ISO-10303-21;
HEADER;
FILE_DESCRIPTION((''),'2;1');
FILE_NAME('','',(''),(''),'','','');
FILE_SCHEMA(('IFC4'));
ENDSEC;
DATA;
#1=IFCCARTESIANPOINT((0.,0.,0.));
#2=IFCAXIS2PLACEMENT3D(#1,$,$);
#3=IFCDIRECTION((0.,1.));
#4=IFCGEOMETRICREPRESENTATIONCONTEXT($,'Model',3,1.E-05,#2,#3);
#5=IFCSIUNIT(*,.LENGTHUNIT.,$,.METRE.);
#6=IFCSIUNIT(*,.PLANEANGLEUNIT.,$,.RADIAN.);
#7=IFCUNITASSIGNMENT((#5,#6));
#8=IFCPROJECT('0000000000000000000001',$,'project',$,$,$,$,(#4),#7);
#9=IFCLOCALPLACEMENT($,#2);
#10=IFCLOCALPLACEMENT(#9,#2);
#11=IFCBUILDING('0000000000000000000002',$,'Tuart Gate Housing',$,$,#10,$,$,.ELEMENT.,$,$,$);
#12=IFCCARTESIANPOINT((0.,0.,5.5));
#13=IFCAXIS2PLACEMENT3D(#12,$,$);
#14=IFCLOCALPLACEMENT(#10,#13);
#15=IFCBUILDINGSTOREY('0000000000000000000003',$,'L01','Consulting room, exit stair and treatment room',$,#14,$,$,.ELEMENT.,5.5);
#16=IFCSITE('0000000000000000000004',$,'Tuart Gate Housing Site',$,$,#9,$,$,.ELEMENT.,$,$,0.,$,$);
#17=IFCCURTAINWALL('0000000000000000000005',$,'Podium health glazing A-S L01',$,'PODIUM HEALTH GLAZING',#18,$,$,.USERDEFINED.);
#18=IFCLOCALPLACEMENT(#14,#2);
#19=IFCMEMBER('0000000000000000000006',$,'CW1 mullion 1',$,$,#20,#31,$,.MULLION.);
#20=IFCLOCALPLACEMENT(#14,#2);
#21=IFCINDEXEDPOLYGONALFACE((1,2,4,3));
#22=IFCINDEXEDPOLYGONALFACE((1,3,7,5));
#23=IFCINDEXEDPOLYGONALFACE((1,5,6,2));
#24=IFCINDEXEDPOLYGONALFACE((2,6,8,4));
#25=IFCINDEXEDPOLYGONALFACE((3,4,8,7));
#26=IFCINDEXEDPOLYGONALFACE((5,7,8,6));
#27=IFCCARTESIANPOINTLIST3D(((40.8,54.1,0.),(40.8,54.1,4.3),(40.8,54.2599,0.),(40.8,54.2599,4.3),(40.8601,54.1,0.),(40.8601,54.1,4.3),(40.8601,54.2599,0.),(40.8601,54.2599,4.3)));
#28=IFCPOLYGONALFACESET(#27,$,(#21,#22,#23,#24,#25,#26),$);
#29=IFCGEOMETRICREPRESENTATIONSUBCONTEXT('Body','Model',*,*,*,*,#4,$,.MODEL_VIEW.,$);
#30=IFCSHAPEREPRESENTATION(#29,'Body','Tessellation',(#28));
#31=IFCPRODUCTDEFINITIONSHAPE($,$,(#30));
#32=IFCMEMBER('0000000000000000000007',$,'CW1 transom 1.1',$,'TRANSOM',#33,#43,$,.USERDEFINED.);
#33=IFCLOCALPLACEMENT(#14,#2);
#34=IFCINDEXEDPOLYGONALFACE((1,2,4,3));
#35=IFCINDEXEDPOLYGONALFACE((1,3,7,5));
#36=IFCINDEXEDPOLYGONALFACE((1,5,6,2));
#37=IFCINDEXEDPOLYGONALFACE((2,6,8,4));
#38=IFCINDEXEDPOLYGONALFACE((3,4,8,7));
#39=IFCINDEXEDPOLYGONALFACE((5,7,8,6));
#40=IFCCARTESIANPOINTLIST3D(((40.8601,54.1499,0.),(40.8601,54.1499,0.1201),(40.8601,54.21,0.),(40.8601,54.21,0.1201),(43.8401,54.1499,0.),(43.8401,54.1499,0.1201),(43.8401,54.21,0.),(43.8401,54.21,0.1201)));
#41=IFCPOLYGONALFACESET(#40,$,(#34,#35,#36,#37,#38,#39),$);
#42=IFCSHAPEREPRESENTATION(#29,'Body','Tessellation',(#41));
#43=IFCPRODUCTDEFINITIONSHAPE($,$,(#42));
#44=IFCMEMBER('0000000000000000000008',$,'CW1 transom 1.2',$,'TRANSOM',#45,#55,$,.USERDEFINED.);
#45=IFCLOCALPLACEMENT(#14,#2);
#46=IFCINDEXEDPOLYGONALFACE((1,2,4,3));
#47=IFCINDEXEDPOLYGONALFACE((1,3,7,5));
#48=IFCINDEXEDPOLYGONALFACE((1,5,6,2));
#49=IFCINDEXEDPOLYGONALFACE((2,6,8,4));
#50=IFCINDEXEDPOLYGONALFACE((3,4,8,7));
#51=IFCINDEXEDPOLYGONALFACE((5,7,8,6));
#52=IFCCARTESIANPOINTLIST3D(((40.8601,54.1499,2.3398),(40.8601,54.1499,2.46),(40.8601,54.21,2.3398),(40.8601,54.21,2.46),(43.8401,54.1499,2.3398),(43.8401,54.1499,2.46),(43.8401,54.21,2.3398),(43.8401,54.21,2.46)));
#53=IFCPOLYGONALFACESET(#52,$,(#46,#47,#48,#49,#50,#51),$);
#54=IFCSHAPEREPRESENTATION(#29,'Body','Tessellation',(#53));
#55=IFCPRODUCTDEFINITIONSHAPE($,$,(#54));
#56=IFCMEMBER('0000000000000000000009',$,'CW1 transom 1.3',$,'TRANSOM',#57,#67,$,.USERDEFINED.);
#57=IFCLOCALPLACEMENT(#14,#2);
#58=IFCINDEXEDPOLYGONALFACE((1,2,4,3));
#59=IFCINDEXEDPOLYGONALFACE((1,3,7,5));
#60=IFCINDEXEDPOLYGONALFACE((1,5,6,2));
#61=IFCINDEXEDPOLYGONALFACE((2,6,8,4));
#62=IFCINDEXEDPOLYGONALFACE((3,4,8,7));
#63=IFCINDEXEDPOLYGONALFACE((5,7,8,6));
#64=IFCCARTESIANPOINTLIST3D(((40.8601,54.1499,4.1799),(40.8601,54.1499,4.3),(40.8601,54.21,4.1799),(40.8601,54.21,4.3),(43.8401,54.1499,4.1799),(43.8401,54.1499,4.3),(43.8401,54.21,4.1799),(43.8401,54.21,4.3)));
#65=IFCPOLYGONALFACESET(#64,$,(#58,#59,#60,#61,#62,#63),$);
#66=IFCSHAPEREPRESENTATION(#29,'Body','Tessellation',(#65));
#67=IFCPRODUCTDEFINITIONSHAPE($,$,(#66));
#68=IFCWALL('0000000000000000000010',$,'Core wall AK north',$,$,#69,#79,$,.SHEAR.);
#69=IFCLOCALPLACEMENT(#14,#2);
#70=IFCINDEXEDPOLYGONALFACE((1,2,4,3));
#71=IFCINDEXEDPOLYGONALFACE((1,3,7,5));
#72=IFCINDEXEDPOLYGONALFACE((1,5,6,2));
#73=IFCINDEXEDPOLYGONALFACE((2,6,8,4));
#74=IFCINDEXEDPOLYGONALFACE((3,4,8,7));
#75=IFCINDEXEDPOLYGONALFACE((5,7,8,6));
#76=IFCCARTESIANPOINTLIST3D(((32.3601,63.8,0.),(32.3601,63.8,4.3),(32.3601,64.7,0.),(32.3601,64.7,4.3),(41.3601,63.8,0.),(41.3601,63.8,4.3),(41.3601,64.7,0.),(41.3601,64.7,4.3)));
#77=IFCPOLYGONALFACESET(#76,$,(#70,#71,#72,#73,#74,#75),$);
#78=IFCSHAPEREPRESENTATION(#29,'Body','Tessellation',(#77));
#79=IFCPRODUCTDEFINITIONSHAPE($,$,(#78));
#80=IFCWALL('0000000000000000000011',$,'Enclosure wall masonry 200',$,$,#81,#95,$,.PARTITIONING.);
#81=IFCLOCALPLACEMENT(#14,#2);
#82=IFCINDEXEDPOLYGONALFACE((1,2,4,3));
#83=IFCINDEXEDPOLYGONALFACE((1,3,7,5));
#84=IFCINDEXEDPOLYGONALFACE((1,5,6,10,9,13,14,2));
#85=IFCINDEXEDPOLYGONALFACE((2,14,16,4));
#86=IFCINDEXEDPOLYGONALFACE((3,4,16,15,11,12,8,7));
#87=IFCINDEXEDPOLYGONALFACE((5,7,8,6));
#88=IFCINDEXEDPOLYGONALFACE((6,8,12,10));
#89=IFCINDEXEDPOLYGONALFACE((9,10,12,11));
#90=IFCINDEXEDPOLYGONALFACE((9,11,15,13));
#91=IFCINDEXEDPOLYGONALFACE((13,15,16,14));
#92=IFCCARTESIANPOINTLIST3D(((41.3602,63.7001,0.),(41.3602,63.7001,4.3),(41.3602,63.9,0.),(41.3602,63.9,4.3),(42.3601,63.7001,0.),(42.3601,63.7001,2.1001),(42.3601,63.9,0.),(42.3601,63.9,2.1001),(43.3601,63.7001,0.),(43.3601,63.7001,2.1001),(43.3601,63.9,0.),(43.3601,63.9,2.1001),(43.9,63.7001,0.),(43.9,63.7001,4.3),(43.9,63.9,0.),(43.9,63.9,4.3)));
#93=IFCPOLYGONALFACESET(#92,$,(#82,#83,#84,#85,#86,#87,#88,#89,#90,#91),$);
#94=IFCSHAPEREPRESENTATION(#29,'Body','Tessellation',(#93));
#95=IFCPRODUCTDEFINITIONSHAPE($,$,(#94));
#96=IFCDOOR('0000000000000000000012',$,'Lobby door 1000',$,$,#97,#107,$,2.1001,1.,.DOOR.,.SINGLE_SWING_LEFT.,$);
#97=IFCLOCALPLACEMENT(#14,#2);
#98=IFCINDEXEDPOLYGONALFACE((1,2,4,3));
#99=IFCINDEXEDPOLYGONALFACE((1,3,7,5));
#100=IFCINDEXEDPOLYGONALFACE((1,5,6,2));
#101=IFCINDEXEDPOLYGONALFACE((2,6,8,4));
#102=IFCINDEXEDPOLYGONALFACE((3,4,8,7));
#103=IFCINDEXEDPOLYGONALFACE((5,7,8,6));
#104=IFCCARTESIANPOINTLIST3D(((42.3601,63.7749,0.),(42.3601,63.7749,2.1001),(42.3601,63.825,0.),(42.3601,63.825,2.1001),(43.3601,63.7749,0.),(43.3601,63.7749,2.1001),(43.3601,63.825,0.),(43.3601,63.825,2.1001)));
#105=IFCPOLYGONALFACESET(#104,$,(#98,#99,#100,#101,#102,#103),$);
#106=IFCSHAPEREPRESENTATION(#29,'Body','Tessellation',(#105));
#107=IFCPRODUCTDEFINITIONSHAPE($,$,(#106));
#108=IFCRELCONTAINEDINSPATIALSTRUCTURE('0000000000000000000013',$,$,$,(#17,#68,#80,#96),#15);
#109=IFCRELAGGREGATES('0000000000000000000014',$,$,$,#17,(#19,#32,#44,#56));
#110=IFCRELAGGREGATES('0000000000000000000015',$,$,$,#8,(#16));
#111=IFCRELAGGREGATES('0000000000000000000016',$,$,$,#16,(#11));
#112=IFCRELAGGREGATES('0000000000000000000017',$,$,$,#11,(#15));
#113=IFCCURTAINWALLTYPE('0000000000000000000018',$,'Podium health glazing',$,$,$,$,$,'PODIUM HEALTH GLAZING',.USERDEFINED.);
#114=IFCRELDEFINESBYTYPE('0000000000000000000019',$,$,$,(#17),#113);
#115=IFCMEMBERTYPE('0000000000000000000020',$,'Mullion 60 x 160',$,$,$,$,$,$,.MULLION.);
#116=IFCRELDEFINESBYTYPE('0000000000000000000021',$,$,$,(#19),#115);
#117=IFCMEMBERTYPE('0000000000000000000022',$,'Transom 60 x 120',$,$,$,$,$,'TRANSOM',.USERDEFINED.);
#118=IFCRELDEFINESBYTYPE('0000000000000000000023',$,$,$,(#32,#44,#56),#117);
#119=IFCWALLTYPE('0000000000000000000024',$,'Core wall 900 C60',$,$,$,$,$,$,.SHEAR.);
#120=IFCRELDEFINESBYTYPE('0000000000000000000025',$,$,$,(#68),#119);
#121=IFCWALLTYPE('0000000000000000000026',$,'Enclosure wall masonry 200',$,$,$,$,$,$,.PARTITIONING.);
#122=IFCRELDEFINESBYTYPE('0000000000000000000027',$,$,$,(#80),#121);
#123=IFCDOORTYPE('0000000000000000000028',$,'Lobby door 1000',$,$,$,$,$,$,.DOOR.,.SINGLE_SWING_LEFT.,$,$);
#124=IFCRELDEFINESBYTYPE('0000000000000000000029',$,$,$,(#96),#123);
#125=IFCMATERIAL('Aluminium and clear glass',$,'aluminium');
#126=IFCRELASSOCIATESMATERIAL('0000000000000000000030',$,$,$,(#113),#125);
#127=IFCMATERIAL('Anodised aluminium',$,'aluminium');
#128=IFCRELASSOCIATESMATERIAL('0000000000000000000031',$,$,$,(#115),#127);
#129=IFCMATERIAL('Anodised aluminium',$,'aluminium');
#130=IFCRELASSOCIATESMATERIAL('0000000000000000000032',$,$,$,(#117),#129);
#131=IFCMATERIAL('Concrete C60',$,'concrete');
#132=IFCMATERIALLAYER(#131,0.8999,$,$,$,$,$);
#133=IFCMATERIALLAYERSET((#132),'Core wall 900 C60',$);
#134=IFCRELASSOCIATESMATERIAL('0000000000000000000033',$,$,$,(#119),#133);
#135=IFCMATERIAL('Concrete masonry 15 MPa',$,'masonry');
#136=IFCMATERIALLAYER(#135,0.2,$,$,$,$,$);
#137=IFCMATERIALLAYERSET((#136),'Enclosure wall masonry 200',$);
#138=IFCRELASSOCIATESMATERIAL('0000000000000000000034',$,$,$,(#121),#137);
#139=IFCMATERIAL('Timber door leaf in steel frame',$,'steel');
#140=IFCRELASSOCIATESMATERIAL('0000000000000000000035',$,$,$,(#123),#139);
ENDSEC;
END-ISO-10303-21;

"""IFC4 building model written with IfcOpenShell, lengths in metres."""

from ifc_helpers import new_model, si_unit, direction, frame, frame_2d, origin, origin_2d, place, context, subcontext, project, spatial, rectangle, extrude, material, layer, layer_set, material_profile, profile_set, type_object, element, fill, aggregate, save


model = new_model("IFC4")

# Units and contexts
model_context = context("Model", 3, precision=1e-05, world=origin(), true_north=direction((0.0, 1.0)))
body_context = subcontext(model_context, "Body", "Model", "MODEL_VIEW")
ifc_project = project(units=[si_unit("LENGTHUNIT", "METRE"), si_unit("PLANEANGLEUNIT", "RADIAN")], contexts=[model_context])

# Site, building, storey
site_placement = place(None, origin())
site = spatial("IfcSite", under=ifc_project, at=site_placement, Name="Tuart Gate Housing Site", CompositionType="ELEMENT", RefElevation=0.0)
building_placement = place(site_placement, origin())
building = spatial("IfcBuilding", under=site, at=building_placement, Name="Tuart Gate Housing", CompositionType="ELEMENT")
storey_placement = place(building_placement, frame((0.0, 0.0, 5.5)))
storey = spatial("IfcBuildingStorey", under=building, at=storey_placement, Name="L01", Description="Consulting room, exit stair and treatment room", CompositionType="ELEMENT", Elevation=5.5)

# Curtain wall, members
ifc_material_1 = material(Name="Aluminium and clear glass", Category="aluminium")
curtain_wall_type = type_object("IfcCurtainWallType", Name="Podium health glazing", ElementType="PODIUM HEALTH GLAZING", PredefinedType="USERDEFINED", material=ifc_material_1)
curtain_wall_placement = place(storey_placement, origin())
curtain_wall = element("IfcCurtainWall", 1, at=curtain_wall_placement, inside=storey, type_object=curtain_wall_type, Name="Podium health glazing A-S L01", ObjectType="PODIUM HEALTH GLAZING", PredefinedType="USERDEFINED")
ifc_material_2 = material(Name="Anodised aluminium", Category="aluminium")
ifc_material_profile_1 = material_profile(ifc_material_2, rectangle(XDim=0.0601, YDim=0.1599, at=origin_2d()), Name="60x160")
ifc_profile_set_1 = profile_set([ifc_material_profile_1], Name="Anodised aluminium")
member_type_1 = type_object("IfcMemberType", Name="Mullion 60 x 160", PredefinedType="MULLION", material=ifc_profile_set_1)
member_1_placement = place(storey_placement, frame((40.8301, 54.1799, 0.0), z_axis=(0.0, 0.0, 1.0), x_axis=(1.0, 0.0, 0.0)))
member_1 = element("IfcMember", 2, at=member_1_placement, type_object=member_type_1, Name="CW1 mullion 1", PredefinedType="MULLION", context=body_context, shape_type="SweptSolid", body=[
    extrude(rectangle(XDim=0.0601, YDim=0.1599, at=origin_2d()), origin(), (0.0, 0.0, 1.0), 4.3),
])
ifc_material_3 = material(Name="Anodised aluminium", Category="aluminium")
ifc_material_profile_2 = material_profile(ifc_material_3, rectangle(XDim=0.0601, YDim=0.1201, at=origin_2d()), Name="60x120")
ifc_profile_set_2 = profile_set([ifc_material_profile_2], Name="Anodised aluminium")
member_type_2 = type_object("IfcMemberType", Name="Transom 60 x 120", ElementType="TRANSOM", PredefinedType="USERDEFINED", material=ifc_profile_set_2)
member_2_placement = place(storey_placement, frame((40.8601, 54.1799, 0.0601), z_axis=(1.0, 0.0, 0.0), x_axis=(0.0, 1.0, 0.0)))
member_2 = element("IfcMember", 3, at=member_2_placement, type_object=member_type_2, Name="CW1 transom 1.1", ObjectType="TRANSOM", PredefinedType="USERDEFINED", context=body_context, shape_type="SweptSolid", body=[
    extrude(rectangle(XDim=0.0601, YDim=0.1201, at=origin_2d()), origin(), (0.0, 0.0, 1.0), 2.98),
])
member_3_placement = place(storey_placement, frame((40.8601, 54.1799, 2.3999), z_axis=(1.0, 0.0, 0.0), x_axis=(0.0, 1.0, 0.0)))
member_3 = element("IfcMember", 4, at=member_3_placement, type_object=member_type_2, Name="CW1 transom 1.2", ObjectType="TRANSOM", PredefinedType="USERDEFINED", context=body_context, shape_type="SweptSolid", body=[
    extrude(rectangle(XDim=0.0601, YDim=0.1201, at=origin_2d()), origin(), (0.0, 0.0, 1.0), 2.98),
])
member_4_placement = place(storey_placement, frame((40.8601, 54.1799, 4.24), z_axis=(1.0, 0.0, 0.0), x_axis=(0.0, 1.0, 0.0)))
member_4 = element("IfcMember", 5, at=member_4_placement, type_object=member_type_2, Name="CW1 transom 1.3", ObjectType="TRANSOM", PredefinedType="USERDEFINED", context=body_context, shape_type="SweptSolid", body=[
    extrude(rectangle(XDim=0.0601, YDim=0.1201, at=origin_2d()), origin(), (0.0, 0.0, 1.0), 2.98),
])
aggregate(curtain_wall, [member_1, member_2, member_3, member_4])

# Wall
ifc_material_4 = material(Name="Concrete C60", Category="concrete")
ifc_layer_1 = layer(ifc_material_4, 0.8999)
ifc_layer_set_1 = layer_set([ifc_layer_1], Name="Core wall 900 C60")
wall_type_1 = type_object("IfcWallType", Name="Core wall 900 C60", PredefinedType="SHEAR", material=ifc_layer_set_1)
wall_1_placement = place(storey_placement, frame((41.3601, 64.25, 0.0), z_axis=(0.0, 0.0, 1.0), x_axis=(-1.0, 0.0, 0.0)))
element("IfcWall", 6, at=wall_1_placement, inside=storey, type_object=wall_type_1, Name="Core wall AK north", PredefinedType="SHEAR", context=body_context, shape_type="SweptSolid", body=[
    extrude(rectangle(XDim=9.0, YDim=0.8999, at=frame_2d((4.5, 0.0))), origin(), (0.0, 0.0, 1.0), 4.3),
])

# Wall, opening, door
ifc_material_5 = material(Name="Concrete masonry 15 MPa", Category="masonry")
ifc_layer_2 = layer(ifc_material_5, 0.2)
ifc_layer_set_2 = layer_set([ifc_layer_2], Name="Enclosure wall masonry 200")
wall_type_2 = type_object("IfcWallType", Name="Enclosure wall masonry 200", PredefinedType="PARTITIONING", material=ifc_layer_set_2)
wall_2_placement = place(storey_placement, frame((41.3601, 63.8, 0.0), z_axis=(0.0, 0.0, 1.0), x_axis=(1.0, 0.0, 0.0)))
wall_2 = element("IfcWall", 7, at=wall_2_placement, inside=storey, type_object=wall_type_2, Name="Enclosure wall masonry 200", PredefinedType="PARTITIONING", context=body_context, shape_type="SweptSolid", body=[
    extrude(rectangle(XDim=2.5398, YDim=0.2, at=frame_2d((1.27, 0.0))), origin(), (0.0, 0.0, 1.0), 4.3),
])
opening_placement = place(wall_2_placement, frame((1.0, 0.0, 0.0)))
opening = element("IfcOpeningElement", 8, at=opening_placement, cuts=wall_2, PredefinedType="OPENING", context=body_context, shape_type="SweptSolid", body=[
    extrude(rectangle(XDim=1.0, YDim=2.1001, at=frame_2d((0.5, 1.05))), frame((0.0, 0.1099, 0.0), z_axis=(0.0, -1.0, 0.0), x_axis=(1.0, 0.0, 0.0)), (0.0, 0.0, 1.0), 0.22),
])
ifc_material_6 = material(Name="Timber door leaf in steel frame", Category="steel")
door_type = type_object("IfcDoorType", Name="Lobby door 1000", OperationType="SINGLE_SWING_LEFT", PredefinedType="DOOR", material=ifc_material_6)
door_placement = place(opening_placement, frame((1.0, 0.0, 0.0), z_axis=(0.0, 0.0, 1.0), x_axis=(-1.0, 0.0, 0.0)))
door = element("IfcDoor", 9, at=door_placement, inside=storey, type_object=door_type, Name="Lobby door 1000", OperationType="SINGLE_SWING_LEFT", OverallHeight=2.1001, OverallWidth=1.0, PredefinedType="DOOR", context=body_context, shape_type="SweptSolid", body=[
    extrude(rectangle(XDim=1.0, YDim=2.1001, at=frame_2d((0.5, 1.05))), frame((0.0, 0.0251, 0.0), z_axis=(0.0, -1.0, 0.0), x_axis=(1.0, 0.0, 0.0)), (0.0, 0.0, 1.0), 0.05),
])
fill(opening, door)

save(model, "model.ifc")
